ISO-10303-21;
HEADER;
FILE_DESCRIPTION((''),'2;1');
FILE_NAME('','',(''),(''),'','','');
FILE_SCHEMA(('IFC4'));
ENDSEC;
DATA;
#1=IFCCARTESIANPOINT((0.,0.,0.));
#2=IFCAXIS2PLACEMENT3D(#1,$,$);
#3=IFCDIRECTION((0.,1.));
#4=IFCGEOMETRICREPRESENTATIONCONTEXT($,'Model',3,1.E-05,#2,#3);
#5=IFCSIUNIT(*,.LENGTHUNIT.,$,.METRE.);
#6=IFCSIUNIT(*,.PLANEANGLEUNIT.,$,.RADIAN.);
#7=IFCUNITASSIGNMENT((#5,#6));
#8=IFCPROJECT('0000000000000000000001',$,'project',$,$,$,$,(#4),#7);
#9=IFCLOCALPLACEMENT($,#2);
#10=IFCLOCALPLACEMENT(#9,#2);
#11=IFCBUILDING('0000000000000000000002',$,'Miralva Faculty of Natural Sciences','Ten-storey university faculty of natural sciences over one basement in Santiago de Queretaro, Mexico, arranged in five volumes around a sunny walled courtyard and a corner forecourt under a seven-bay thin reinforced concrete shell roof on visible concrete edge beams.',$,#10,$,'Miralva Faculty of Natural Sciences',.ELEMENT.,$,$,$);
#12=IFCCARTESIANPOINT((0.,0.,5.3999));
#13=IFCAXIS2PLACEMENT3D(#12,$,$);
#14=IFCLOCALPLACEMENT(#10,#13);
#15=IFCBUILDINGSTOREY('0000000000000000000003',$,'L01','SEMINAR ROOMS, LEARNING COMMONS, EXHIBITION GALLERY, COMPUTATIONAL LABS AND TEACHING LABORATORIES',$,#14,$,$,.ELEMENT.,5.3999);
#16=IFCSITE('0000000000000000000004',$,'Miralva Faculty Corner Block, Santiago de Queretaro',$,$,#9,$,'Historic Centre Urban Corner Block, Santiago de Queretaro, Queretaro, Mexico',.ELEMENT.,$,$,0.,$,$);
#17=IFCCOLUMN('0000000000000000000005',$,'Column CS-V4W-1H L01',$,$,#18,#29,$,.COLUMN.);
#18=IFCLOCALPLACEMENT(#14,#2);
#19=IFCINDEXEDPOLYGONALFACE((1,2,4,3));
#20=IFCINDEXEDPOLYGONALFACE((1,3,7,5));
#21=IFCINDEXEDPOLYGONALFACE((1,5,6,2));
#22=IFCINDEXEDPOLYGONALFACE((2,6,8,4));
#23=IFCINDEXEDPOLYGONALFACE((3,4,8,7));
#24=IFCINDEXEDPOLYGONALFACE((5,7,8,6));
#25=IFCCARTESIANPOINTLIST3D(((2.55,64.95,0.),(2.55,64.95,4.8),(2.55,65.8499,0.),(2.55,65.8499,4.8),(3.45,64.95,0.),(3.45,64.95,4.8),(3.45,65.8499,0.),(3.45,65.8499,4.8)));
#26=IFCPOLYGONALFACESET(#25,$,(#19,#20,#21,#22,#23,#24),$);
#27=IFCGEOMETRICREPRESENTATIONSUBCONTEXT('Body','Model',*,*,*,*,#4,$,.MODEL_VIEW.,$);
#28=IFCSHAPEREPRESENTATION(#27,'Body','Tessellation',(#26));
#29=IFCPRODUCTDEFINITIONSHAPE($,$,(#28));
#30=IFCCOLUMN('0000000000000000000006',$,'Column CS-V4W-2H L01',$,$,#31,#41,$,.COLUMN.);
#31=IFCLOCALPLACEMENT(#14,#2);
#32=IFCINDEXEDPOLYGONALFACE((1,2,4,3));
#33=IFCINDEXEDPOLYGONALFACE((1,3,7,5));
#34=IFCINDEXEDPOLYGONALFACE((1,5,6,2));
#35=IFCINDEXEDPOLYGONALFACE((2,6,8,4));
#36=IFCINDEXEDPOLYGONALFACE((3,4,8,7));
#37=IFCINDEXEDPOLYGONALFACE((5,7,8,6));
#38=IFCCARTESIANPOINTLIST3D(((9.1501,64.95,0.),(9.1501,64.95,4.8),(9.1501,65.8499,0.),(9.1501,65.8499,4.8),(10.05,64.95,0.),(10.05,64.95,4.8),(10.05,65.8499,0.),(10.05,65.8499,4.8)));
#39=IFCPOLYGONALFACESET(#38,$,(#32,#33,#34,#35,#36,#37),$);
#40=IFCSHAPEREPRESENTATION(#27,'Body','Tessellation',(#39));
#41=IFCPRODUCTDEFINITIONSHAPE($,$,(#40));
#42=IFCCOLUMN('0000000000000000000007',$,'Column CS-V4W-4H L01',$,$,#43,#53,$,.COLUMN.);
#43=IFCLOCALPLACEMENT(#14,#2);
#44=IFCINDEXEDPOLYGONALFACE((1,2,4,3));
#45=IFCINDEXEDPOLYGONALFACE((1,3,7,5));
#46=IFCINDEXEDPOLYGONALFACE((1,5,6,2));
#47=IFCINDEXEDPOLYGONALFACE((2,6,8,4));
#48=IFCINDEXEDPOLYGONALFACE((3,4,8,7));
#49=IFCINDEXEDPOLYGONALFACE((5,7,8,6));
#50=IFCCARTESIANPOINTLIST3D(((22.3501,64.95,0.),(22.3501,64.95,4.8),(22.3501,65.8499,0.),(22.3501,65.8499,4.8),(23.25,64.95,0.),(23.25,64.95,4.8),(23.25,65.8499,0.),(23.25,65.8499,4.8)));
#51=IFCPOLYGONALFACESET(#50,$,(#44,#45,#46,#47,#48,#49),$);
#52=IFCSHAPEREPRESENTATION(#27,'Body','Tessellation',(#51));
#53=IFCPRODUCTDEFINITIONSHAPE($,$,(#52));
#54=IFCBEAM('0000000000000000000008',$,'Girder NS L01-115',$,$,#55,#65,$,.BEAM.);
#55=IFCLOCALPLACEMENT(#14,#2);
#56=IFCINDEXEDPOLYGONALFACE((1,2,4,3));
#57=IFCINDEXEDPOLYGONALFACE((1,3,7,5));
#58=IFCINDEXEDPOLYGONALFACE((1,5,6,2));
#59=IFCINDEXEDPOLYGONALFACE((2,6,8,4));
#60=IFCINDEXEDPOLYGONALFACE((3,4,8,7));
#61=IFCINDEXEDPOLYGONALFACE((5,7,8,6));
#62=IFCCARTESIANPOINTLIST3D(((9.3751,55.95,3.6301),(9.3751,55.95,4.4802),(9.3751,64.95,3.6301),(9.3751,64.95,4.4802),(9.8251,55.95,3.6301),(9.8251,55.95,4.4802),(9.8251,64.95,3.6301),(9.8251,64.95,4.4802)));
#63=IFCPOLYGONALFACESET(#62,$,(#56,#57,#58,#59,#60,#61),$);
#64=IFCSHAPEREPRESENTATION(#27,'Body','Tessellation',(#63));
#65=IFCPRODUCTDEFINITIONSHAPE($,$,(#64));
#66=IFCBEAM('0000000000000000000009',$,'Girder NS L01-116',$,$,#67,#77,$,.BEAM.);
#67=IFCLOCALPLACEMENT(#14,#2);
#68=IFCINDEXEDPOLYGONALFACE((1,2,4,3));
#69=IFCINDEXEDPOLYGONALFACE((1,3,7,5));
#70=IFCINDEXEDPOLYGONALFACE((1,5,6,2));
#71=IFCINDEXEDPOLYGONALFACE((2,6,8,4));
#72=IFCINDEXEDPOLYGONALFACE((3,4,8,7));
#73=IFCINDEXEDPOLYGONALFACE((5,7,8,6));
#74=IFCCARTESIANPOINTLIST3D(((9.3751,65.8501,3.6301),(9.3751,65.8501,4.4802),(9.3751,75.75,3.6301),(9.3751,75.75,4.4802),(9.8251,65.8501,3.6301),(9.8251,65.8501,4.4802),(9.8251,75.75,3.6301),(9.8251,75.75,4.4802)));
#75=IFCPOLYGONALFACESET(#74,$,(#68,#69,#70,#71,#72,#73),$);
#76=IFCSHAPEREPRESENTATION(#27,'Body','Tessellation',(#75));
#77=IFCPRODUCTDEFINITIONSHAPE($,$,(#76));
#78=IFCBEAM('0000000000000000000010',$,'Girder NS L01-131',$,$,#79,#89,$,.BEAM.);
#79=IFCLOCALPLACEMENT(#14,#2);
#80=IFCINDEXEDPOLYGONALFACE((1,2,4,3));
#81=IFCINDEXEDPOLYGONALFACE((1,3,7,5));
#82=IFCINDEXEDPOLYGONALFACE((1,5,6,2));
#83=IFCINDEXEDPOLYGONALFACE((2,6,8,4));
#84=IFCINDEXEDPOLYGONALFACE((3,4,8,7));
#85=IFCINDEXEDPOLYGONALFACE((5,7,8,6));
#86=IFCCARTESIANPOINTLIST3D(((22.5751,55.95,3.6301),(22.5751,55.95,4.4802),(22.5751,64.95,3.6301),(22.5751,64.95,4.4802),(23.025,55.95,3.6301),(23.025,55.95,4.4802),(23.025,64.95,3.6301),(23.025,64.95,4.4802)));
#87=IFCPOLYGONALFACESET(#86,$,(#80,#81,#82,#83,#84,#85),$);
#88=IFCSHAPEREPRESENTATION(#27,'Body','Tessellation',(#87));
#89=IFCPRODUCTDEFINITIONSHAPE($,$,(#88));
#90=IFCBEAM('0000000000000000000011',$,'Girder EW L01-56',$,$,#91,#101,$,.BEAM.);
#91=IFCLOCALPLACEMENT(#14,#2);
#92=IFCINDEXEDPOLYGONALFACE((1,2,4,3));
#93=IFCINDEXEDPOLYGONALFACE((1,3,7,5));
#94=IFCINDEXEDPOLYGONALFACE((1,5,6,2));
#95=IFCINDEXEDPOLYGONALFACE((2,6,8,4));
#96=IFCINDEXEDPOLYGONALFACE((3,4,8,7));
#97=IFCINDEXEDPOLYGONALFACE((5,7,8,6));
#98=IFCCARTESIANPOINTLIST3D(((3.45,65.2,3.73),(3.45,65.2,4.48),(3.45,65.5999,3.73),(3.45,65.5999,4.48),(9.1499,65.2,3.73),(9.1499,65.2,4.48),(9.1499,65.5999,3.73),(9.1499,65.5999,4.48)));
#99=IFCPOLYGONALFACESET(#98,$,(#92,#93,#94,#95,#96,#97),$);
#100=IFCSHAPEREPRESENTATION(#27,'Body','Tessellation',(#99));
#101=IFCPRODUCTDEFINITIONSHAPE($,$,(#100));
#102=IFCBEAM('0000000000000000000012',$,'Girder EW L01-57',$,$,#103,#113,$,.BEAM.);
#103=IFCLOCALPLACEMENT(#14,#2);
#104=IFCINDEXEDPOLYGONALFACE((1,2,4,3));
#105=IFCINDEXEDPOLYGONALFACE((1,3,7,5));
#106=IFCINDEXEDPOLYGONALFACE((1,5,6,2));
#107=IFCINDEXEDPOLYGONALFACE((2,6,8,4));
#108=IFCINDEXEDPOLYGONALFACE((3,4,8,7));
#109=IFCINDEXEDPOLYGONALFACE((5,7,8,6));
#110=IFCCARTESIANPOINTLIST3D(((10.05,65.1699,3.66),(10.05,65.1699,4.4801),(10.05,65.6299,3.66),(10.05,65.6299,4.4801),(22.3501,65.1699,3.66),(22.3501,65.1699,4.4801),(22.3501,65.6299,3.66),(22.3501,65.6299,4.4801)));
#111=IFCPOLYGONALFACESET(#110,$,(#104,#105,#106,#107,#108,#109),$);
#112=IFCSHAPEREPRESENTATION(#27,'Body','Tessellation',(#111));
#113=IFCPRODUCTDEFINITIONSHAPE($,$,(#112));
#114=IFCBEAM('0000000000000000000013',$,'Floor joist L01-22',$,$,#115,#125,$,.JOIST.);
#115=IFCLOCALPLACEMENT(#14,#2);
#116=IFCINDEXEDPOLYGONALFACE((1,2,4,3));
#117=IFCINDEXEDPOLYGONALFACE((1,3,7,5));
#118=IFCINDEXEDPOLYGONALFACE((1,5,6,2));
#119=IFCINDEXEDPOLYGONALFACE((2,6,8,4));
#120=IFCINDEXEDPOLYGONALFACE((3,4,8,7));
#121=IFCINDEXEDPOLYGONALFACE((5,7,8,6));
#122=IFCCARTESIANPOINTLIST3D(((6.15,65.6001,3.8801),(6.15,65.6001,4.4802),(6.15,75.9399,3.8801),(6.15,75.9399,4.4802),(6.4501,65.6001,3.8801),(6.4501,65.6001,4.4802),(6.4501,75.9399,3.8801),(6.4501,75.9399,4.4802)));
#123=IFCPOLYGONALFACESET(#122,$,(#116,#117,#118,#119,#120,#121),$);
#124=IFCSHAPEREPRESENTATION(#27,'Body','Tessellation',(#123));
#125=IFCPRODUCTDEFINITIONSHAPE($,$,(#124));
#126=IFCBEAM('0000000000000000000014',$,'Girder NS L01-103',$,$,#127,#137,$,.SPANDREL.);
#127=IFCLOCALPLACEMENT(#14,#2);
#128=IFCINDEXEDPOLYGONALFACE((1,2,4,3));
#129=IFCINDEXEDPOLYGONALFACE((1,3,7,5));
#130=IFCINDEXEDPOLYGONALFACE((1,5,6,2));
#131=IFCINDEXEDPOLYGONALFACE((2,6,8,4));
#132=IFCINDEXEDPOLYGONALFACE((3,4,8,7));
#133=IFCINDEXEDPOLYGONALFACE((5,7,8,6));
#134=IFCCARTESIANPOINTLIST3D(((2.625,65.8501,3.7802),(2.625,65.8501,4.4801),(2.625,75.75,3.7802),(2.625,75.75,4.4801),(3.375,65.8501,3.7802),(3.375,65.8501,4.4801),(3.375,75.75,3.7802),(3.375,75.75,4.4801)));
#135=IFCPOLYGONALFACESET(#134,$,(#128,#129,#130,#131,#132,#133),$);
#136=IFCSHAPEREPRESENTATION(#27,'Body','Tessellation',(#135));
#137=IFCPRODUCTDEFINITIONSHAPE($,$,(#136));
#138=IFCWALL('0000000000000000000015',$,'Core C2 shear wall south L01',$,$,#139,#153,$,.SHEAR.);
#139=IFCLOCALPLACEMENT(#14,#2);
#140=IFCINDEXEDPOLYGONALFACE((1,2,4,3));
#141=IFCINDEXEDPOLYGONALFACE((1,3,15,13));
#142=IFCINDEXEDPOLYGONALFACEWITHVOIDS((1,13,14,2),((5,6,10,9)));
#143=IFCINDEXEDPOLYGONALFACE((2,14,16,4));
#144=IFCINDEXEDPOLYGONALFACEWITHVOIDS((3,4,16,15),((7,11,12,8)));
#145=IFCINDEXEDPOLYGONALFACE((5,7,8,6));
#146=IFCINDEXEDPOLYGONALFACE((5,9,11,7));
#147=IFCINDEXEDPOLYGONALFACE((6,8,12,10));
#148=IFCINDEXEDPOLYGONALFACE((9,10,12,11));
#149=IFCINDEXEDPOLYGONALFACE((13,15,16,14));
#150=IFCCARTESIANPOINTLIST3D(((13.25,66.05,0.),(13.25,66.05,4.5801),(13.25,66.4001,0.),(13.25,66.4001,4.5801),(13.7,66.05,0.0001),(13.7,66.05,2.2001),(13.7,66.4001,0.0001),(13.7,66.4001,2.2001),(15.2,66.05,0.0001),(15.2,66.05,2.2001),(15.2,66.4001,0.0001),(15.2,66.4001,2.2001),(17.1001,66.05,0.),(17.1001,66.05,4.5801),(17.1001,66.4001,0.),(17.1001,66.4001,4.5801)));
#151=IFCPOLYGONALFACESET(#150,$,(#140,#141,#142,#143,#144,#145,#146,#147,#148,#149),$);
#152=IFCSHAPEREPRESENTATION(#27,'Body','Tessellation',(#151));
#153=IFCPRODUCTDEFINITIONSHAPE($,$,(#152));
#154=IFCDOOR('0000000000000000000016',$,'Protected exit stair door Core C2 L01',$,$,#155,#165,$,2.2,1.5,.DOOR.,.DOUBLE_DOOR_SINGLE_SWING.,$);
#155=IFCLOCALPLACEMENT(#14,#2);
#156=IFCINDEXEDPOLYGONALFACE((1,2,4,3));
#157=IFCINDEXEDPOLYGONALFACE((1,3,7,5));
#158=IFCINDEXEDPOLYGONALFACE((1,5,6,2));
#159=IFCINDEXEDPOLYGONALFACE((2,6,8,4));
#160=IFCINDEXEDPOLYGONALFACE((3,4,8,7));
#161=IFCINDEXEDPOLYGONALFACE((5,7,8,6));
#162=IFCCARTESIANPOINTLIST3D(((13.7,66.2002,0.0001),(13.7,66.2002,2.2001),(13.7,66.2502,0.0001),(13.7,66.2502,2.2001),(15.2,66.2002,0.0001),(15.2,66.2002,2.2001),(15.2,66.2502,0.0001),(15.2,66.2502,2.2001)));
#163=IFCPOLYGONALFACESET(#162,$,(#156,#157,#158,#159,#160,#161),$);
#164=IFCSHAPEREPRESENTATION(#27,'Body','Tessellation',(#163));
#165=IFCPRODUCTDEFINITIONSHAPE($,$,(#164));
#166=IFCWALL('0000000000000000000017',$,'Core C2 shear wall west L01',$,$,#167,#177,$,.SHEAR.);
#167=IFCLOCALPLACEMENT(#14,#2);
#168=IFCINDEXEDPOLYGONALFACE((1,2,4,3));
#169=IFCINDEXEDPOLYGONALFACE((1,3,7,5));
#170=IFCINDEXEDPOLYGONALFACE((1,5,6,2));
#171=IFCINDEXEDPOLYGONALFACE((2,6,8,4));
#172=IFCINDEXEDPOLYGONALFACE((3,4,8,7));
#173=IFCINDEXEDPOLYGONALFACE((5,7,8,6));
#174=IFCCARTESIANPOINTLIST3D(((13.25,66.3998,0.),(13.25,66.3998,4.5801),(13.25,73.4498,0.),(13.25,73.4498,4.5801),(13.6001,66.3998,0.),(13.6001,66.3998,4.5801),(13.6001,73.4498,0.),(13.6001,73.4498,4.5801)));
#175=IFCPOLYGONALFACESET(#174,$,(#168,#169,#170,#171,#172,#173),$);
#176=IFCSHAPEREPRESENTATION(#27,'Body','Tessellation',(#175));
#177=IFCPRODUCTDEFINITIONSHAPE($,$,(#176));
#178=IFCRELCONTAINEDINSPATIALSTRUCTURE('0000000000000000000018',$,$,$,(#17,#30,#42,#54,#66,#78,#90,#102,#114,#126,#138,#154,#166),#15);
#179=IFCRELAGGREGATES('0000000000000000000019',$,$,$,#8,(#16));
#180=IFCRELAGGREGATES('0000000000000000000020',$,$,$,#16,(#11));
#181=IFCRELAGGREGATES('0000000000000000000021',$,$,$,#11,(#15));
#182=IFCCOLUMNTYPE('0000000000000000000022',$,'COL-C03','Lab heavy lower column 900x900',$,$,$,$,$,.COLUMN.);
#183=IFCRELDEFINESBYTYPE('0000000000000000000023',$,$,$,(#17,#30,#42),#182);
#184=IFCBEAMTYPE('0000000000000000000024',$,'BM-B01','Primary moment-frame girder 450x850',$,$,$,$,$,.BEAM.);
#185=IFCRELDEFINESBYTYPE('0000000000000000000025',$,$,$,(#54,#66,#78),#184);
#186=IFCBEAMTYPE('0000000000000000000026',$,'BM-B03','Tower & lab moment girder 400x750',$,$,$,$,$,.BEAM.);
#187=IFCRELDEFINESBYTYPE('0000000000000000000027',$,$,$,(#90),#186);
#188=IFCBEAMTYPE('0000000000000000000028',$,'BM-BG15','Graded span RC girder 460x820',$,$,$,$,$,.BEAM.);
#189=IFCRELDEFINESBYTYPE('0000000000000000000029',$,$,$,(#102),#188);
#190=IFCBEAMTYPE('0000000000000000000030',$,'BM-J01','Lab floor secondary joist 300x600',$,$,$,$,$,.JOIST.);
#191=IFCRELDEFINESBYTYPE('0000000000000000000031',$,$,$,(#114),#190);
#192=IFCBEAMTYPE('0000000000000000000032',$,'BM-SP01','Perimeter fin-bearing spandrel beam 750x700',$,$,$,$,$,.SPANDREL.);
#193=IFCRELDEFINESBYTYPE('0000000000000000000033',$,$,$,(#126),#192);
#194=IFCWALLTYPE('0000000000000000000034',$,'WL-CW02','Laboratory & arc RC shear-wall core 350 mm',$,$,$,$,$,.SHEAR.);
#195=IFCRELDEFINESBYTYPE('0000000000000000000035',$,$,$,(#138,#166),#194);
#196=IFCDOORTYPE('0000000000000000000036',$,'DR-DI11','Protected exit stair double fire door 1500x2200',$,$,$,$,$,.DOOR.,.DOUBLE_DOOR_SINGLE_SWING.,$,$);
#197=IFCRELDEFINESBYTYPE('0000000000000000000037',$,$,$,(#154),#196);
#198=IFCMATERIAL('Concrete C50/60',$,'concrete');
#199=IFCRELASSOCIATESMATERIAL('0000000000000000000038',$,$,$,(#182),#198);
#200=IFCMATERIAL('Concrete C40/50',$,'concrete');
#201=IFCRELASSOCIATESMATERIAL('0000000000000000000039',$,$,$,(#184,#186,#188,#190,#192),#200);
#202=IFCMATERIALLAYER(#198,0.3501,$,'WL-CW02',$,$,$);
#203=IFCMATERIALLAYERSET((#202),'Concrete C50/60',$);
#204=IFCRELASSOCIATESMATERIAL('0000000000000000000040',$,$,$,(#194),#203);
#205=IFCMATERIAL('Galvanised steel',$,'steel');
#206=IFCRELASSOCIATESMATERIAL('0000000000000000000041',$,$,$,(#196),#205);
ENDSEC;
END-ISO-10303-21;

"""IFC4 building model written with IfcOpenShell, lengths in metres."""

from ifc_helpers import new_model, si_unit, direction, frame, frame_2d, origin, origin_2d, place, context, subcontext, project, spatial, rectangle, extrude, material, layer, layer_set, material_profile, profile_set, type_object, element, fill, save


model = new_model("IFC4")

# Units and contexts
model_context = context("Model", 3, precision=1e-05, world=origin(), true_north=direction((0.0, 1.0)))
body_context = subcontext(model_context, "Body", "Model", "MODEL_VIEW")
ifc_project = project(units=[si_unit("LENGTHUNIT", "METRE"), si_unit("PLANEANGLEUNIT", "RADIAN")], contexts=[model_context])

# Site, building, storey
site_placement = place(None, origin())
site = spatial("IfcSite", under=ifc_project, at=site_placement, Name="Miralva Faculty Corner Block, Santiago de Queretaro", LongName="Historic Centre Urban Corner Block, Santiago de Queretaro, Queretaro, Mexico", CompositionType="ELEMENT", RefElevation=0.0)
building_placement = place(site_placement, origin())
building = spatial("IfcBuilding", under=site, at=building_placement, Name="Miralva Faculty of Natural Sciences", Description="Ten-storey university faculty of natural sciences over one basement in Santiago de Queretaro, Mexico, arranged in five volumes around a sunny walled courtyard and a corner forecourt under a seven-bay thin reinforced concrete shell roof on visible concrete edge beams.", LongName="Miralva Faculty of Natural Sciences", CompositionType="ELEMENT")
storey_placement = place(building_placement, frame((0.0, 0.0, 5.3999)))
storey = spatial("IfcBuildingStorey", under=building, at=storey_placement, Name="L01", Description="SEMINAR ROOMS, LEARNING COMMONS, EXHIBITION GALLERY, COMPUTATIONAL LABS AND TEACHING LABORATORIES", CompositionType="ELEMENT", Elevation=5.3999)

# Columns
ifc_material_1 = material(Name="Concrete C50/60", Category="concrete")
ifc_material_profile_1 = material_profile(ifc_material_1, rectangle(XDim=0.8999, YDim=0.8999, at=origin_2d()), Name="RC 900x900")
ifc_profile_set_1 = profile_set([ifc_material_profile_1], Name="Concrete C50/60")
column_type = type_object("IfcColumnType", Name="COL-C03", Description="Lab heavy lower column 900x900", PredefinedType="COLUMN", material=ifc_profile_set_1)
for number, where, z_axis, x_axis, name in (
    (1, (3.0, 65.3999, 0.0), (0.0, 0.0, 1.0), (1.0, 0.0, 0.0), "Column CS-V4W-1H L01"),
    (2, (9.6001, 65.3999, 0.0), (0.0, 0.0, 1.0), (1.0, 0.0, 0.0), "Column CS-V4W-2H L01"),
    (3, (22.8, 65.3999, 0.0), (0.0, 0.0, 1.0), (1.0, 0.0, 0.0), "Column CS-V4W-4H L01"),
):
    element("IfcColumn", number, at=place(storey_placement, frame(where, z_axis=z_axis, x_axis=x_axis)), inside=storey, type_object=column_type, Name=name, PredefinedType="COLUMN", context=body_context, shape_type="SweptSolid", body=[
        extrude(rectangle(XDim=0.8999, YDim=0.8999, at=origin_2d()), origin(), (0.0, 0.0, 1.0), 4.8),
    ])

# Beams
ifc_material_2 = material(Name="Concrete C40/50", Category="concrete")
ifc_material_profile_2 = material_profile(ifc_material_2, rectangle(XDim=0.45, YDim=0.8501, at=origin_2d()), Name="RC 450x850")
ifc_profile_set_2 = profile_set([ifc_material_profile_2], Name="Concrete C40/50")
beam_type_1 = type_object("IfcBeamType", Name="BM-B01", Description="Primary moment-frame girder 450x850", PredefinedType="BEAM", material=ifc_profile_set_2)
beam_1_placement = place(storey_placement, frame((9.6001, 55.95, 4.0552), z_axis=(0.0, 1.0, 0.0), x_axis=(-1.0, 0.0, 0.0)))
element("IfcBeam", 4, at=beam_1_placement, inside=storey, type_object=beam_type_1, Name="Girder NS L01-115", PredefinedType="BEAM", context=body_context, shape_type="SweptSolid", body=[
    extrude(rectangle(XDim=0.45, YDim=0.8501, at=origin_2d()), origin(), (0.0, 0.0, 1.0), 9.0),
])
beam_2_placement = place(storey_placement, frame((9.6001, 65.8501, 4.0552), z_axis=(0.0, 1.0, 0.0), x_axis=(-1.0, 0.0, 0.0)))
element("IfcBeam", 5, at=beam_2_placement, inside=storey, type_object=beam_type_1, Name="Girder NS L01-116", PredefinedType="BEAM", context=body_context, shape_type="SweptSolid", body=[
    extrude(rectangle(XDim=0.45, YDim=0.8501, at=origin_2d()), origin(), (0.0, 0.0, 1.0), 9.8999),
])
beam_3_placement = place(storey_placement, frame((22.8, 55.95, 4.0552), z_axis=(0.0, 1.0, 0.0), x_axis=(-1.0, 0.0, 0.0)))
element("IfcBeam", 6, at=beam_3_placement, inside=storey, type_object=beam_type_1, Name="Girder NS L01-131", PredefinedType="BEAM", context=body_context, shape_type="SweptSolid", body=[
    extrude(rectangle(XDim=0.45, YDim=0.8501, at=origin_2d()), origin(), (0.0, 0.0, 1.0), 9.0),
])
ifc_material_profile_3 = material_profile(ifc_material_2, rectangle(XDim=0.3999, YDim=0.75, at=origin_2d()), Name="RC 400x750")
ifc_profile_set_3 = profile_set([ifc_material_profile_3], Name="Concrete C40/50")
beam_type_2 = type_object("IfcBeamType", Name="BM-B03", Description="Tower & lab moment girder 400x750", PredefinedType="BEAM", material=ifc_profile_set_3)
beam_4_placement = place(storey_placement, frame((3.45, 65.3999, 4.105), z_axis=(1.0, 0.0, 0.0), x_axis=(0.0, 1.0, 0.0)))
element("IfcBeam", 7, at=beam_4_placement, inside=storey, type_object=beam_type_2, Name="Girder EW L01-56", PredefinedType="BEAM", context=body_context, shape_type="SweptSolid", body=[
    extrude(rectangle(XDim=0.3999, YDim=0.75, at=origin_2d()), origin(), (0.0, 0.0, 1.0), 5.7),
])
ifc_material_profile_4 = material_profile(ifc_material_2, rectangle(XDim=0.46, YDim=0.8201, at=origin_2d()), Name="RC 460x820")
ifc_profile_set_4 = profile_set([ifc_material_profile_4], Name="Concrete C40/50")
beam_type_3 = type_object("IfcBeamType", Name="BM-BG15", Description="Graded span RC girder 460x820", PredefinedType="BEAM", material=ifc_profile_set_4)
beam_5_placement = place(storey_placement, frame((10.05, 65.3999, 4.0701), z_axis=(1.0, 0.0, 0.0), x_axis=(0.0, 1.0, 0.0)))
element("IfcBeam", 8, at=beam_5_placement, inside=storey, type_object=beam_type_3, Name="Girder EW L01-57", PredefinedType="BEAM", context=body_context, shape_type="SweptSolid", body=[
    extrude(rectangle(XDim=0.46, YDim=0.8201, at=origin_2d()), origin(), (0.0, 0.0, 1.0), 12.3),
])
ifc_material_profile_5 = material_profile(ifc_material_2, rectangle(XDim=0.3, YDim=0.6001, at=origin_2d()), Name="RC 300x600")
ifc_profile_set_5 = profile_set([ifc_material_profile_5], Name="Concrete C40/50")
beam_type_4 = type_object("IfcBeamType", Name="BM-J01", Description="Lab floor secondary joist 300x600", PredefinedType="JOIST", material=ifc_profile_set_5)
beam_6_placement = place(storey_placement, frame((6.3, 65.6001, 4.1802), z_axis=(0.0, 1.0, 0.0), x_axis=(-1.0, 0.0, 0.0)))
element("IfcBeam", 9, at=beam_6_placement, inside=storey, type_object=beam_type_4, Name="Floor joist L01-22", PredefinedType="JOIST", context=body_context, shape_type="SweptSolid", body=[
    extrude(rectangle(XDim=0.3, YDim=0.6001, at=origin_2d()), origin(), (0.0, 0.0, 1.0), 10.3398),
])
ifc_material_profile_6 = material_profile(ifc_material_2, rectangle(XDim=0.75, YDim=0.7, at=origin_2d()), Name="RC 750x700")
ifc_profile_set_6 = profile_set([ifc_material_profile_6], Name="Concrete C40/50")
beam_type_5 = type_object("IfcBeamType", Name="BM-SP01", Description="Perimeter fin-bearing spandrel beam 750x700", PredefinedType="SPANDREL", material=ifc_profile_set_6)
beam_7_placement = place(storey_placement, frame((3.0, 65.8501, 4.1301), z_axis=(0.0, 1.0, 0.0), x_axis=(-1.0, 0.0, 0.0)))
element("IfcBeam", 10, at=beam_7_placement, inside=storey, type_object=beam_type_5, Name="Girder NS L01-103", PredefinedType="SPANDREL", context=body_context, shape_type="SweptSolid", body=[
    extrude(rectangle(XDim=0.75, YDim=0.7, at=origin_2d()), origin(), (0.0, 0.0, 1.0), 9.8999),
])

# Wall, opening, door
ifc_layer_1 = layer(ifc_material_1, 0.3501, Name="WL-CW02")
ifc_layer_set_1 = layer_set([ifc_layer_1], Name="Concrete C50/60")
wall_type_1 = type_object("IfcWallType", Name="WL-CW02", Description="Laboratory & arc RC shear-wall core 350 mm", PredefinedType="SHEAR", material=ifc_layer_set_1)
wall_1_placement = place(storey_placement, frame((13.25, 66.2251, 0.0), z_axis=(0.0, 0.0, 1.0), x_axis=(1.0, 0.0, 0.0)))
wall_1 = element("IfcWall", 11, at=wall_1_placement, inside=storey, type_object=wall_type_1, Name="Core C2 shear wall south L01", PredefinedType="SHEAR", context=body_context, shape_type="SweptSolid", body=[
    extrude(rectangle(XDim=3.8501, YDim=0.3501, at=frame_2d((1.925, 0.0))), origin(), (0.0, 0.0, 1.0), 4.5801),
])
opening_1_placement = place(wall_1_placement, frame((0.45, 0.0, 0.0)))
opening_1 = element("IfcOpeningElement", 12, at=opening_1_placement, cuts=wall_1, PredefinedType="OPENING", context=body_context, shape_type="SweptSolid", body=[
    extrude(rectangle(XDim=1.5, YDim=2.2, at=frame_2d((0.75, 1.1001))), frame((0.0, 0.1851, 0.0), z_axis=(0.0, -1.0, 0.0), x_axis=(1.0, 0.0, 0.0)), (0.0, 0.0, 1.0), 0.3701),
])
ifc_material_3 = material(Name="Galvanised steel", Category="steel")
door_type_1 = type_object("IfcDoorType", Name="DR-DI11", Description="Protected exit stair double fire door 1500x2200", OperationType="DOUBLE_DOOR_SINGLE_SWING", PredefinedType="DOOR", material=ifc_material_3)
door_1_placement = place(opening_1_placement, frame((1.5, 0.0, 0.0), z_axis=(0.0, 0.0, 1.0), x_axis=(-1.0, 0.0, 0.0)))
door_1 = element("IfcDoor", 13, at=door_1_placement, inside=storey, type_object=door_type_1, Name="Protected exit stair door Core C2 L01", OperationType="DOUBLE_DOOR_SINGLE_SWING", OverallHeight=2.2, OverallWidth=1.5, PredefinedType="DOOR", context=body_context, shape_type="SweptSolid", body=[
    extrude(rectangle(XDim=1.5, YDim=2.2, at=frame_2d((0.75, 1.1001))), frame((0.0, 0.0249, 0.0), z_axis=(0.0, -1.0, 0.0), x_axis=(1.0, 0.0, 0.0)), (0.0, 0.0, 1.0), 0.05),
])
fill(opening_1, door_1)

# Wall
for number, where, z_axis, x_axis, name in (
    (14, (13.425, 66.3999, 0.0), (0.0, 0.0, 1.0), (0.0, 1.0, 0.0), "Core C2 shear wall west L01"),
):
    element("IfcWall", number, at=place(storey_placement, frame(where, z_axis=z_axis, x_axis=x_axis)), inside=storey, type_object=wall_type_1, Name=name, PredefinedType="SHEAR", context=body_context, shape_type="SweptSolid", body=[
        extrude(rectangle(XDim=7.05, YDim=0.3501, at=frame_2d((3.5249, 0.0))), origin(), (0.0, 0.0, 1.0), 4.5801),
    ])

save(model, "model.ifc")
